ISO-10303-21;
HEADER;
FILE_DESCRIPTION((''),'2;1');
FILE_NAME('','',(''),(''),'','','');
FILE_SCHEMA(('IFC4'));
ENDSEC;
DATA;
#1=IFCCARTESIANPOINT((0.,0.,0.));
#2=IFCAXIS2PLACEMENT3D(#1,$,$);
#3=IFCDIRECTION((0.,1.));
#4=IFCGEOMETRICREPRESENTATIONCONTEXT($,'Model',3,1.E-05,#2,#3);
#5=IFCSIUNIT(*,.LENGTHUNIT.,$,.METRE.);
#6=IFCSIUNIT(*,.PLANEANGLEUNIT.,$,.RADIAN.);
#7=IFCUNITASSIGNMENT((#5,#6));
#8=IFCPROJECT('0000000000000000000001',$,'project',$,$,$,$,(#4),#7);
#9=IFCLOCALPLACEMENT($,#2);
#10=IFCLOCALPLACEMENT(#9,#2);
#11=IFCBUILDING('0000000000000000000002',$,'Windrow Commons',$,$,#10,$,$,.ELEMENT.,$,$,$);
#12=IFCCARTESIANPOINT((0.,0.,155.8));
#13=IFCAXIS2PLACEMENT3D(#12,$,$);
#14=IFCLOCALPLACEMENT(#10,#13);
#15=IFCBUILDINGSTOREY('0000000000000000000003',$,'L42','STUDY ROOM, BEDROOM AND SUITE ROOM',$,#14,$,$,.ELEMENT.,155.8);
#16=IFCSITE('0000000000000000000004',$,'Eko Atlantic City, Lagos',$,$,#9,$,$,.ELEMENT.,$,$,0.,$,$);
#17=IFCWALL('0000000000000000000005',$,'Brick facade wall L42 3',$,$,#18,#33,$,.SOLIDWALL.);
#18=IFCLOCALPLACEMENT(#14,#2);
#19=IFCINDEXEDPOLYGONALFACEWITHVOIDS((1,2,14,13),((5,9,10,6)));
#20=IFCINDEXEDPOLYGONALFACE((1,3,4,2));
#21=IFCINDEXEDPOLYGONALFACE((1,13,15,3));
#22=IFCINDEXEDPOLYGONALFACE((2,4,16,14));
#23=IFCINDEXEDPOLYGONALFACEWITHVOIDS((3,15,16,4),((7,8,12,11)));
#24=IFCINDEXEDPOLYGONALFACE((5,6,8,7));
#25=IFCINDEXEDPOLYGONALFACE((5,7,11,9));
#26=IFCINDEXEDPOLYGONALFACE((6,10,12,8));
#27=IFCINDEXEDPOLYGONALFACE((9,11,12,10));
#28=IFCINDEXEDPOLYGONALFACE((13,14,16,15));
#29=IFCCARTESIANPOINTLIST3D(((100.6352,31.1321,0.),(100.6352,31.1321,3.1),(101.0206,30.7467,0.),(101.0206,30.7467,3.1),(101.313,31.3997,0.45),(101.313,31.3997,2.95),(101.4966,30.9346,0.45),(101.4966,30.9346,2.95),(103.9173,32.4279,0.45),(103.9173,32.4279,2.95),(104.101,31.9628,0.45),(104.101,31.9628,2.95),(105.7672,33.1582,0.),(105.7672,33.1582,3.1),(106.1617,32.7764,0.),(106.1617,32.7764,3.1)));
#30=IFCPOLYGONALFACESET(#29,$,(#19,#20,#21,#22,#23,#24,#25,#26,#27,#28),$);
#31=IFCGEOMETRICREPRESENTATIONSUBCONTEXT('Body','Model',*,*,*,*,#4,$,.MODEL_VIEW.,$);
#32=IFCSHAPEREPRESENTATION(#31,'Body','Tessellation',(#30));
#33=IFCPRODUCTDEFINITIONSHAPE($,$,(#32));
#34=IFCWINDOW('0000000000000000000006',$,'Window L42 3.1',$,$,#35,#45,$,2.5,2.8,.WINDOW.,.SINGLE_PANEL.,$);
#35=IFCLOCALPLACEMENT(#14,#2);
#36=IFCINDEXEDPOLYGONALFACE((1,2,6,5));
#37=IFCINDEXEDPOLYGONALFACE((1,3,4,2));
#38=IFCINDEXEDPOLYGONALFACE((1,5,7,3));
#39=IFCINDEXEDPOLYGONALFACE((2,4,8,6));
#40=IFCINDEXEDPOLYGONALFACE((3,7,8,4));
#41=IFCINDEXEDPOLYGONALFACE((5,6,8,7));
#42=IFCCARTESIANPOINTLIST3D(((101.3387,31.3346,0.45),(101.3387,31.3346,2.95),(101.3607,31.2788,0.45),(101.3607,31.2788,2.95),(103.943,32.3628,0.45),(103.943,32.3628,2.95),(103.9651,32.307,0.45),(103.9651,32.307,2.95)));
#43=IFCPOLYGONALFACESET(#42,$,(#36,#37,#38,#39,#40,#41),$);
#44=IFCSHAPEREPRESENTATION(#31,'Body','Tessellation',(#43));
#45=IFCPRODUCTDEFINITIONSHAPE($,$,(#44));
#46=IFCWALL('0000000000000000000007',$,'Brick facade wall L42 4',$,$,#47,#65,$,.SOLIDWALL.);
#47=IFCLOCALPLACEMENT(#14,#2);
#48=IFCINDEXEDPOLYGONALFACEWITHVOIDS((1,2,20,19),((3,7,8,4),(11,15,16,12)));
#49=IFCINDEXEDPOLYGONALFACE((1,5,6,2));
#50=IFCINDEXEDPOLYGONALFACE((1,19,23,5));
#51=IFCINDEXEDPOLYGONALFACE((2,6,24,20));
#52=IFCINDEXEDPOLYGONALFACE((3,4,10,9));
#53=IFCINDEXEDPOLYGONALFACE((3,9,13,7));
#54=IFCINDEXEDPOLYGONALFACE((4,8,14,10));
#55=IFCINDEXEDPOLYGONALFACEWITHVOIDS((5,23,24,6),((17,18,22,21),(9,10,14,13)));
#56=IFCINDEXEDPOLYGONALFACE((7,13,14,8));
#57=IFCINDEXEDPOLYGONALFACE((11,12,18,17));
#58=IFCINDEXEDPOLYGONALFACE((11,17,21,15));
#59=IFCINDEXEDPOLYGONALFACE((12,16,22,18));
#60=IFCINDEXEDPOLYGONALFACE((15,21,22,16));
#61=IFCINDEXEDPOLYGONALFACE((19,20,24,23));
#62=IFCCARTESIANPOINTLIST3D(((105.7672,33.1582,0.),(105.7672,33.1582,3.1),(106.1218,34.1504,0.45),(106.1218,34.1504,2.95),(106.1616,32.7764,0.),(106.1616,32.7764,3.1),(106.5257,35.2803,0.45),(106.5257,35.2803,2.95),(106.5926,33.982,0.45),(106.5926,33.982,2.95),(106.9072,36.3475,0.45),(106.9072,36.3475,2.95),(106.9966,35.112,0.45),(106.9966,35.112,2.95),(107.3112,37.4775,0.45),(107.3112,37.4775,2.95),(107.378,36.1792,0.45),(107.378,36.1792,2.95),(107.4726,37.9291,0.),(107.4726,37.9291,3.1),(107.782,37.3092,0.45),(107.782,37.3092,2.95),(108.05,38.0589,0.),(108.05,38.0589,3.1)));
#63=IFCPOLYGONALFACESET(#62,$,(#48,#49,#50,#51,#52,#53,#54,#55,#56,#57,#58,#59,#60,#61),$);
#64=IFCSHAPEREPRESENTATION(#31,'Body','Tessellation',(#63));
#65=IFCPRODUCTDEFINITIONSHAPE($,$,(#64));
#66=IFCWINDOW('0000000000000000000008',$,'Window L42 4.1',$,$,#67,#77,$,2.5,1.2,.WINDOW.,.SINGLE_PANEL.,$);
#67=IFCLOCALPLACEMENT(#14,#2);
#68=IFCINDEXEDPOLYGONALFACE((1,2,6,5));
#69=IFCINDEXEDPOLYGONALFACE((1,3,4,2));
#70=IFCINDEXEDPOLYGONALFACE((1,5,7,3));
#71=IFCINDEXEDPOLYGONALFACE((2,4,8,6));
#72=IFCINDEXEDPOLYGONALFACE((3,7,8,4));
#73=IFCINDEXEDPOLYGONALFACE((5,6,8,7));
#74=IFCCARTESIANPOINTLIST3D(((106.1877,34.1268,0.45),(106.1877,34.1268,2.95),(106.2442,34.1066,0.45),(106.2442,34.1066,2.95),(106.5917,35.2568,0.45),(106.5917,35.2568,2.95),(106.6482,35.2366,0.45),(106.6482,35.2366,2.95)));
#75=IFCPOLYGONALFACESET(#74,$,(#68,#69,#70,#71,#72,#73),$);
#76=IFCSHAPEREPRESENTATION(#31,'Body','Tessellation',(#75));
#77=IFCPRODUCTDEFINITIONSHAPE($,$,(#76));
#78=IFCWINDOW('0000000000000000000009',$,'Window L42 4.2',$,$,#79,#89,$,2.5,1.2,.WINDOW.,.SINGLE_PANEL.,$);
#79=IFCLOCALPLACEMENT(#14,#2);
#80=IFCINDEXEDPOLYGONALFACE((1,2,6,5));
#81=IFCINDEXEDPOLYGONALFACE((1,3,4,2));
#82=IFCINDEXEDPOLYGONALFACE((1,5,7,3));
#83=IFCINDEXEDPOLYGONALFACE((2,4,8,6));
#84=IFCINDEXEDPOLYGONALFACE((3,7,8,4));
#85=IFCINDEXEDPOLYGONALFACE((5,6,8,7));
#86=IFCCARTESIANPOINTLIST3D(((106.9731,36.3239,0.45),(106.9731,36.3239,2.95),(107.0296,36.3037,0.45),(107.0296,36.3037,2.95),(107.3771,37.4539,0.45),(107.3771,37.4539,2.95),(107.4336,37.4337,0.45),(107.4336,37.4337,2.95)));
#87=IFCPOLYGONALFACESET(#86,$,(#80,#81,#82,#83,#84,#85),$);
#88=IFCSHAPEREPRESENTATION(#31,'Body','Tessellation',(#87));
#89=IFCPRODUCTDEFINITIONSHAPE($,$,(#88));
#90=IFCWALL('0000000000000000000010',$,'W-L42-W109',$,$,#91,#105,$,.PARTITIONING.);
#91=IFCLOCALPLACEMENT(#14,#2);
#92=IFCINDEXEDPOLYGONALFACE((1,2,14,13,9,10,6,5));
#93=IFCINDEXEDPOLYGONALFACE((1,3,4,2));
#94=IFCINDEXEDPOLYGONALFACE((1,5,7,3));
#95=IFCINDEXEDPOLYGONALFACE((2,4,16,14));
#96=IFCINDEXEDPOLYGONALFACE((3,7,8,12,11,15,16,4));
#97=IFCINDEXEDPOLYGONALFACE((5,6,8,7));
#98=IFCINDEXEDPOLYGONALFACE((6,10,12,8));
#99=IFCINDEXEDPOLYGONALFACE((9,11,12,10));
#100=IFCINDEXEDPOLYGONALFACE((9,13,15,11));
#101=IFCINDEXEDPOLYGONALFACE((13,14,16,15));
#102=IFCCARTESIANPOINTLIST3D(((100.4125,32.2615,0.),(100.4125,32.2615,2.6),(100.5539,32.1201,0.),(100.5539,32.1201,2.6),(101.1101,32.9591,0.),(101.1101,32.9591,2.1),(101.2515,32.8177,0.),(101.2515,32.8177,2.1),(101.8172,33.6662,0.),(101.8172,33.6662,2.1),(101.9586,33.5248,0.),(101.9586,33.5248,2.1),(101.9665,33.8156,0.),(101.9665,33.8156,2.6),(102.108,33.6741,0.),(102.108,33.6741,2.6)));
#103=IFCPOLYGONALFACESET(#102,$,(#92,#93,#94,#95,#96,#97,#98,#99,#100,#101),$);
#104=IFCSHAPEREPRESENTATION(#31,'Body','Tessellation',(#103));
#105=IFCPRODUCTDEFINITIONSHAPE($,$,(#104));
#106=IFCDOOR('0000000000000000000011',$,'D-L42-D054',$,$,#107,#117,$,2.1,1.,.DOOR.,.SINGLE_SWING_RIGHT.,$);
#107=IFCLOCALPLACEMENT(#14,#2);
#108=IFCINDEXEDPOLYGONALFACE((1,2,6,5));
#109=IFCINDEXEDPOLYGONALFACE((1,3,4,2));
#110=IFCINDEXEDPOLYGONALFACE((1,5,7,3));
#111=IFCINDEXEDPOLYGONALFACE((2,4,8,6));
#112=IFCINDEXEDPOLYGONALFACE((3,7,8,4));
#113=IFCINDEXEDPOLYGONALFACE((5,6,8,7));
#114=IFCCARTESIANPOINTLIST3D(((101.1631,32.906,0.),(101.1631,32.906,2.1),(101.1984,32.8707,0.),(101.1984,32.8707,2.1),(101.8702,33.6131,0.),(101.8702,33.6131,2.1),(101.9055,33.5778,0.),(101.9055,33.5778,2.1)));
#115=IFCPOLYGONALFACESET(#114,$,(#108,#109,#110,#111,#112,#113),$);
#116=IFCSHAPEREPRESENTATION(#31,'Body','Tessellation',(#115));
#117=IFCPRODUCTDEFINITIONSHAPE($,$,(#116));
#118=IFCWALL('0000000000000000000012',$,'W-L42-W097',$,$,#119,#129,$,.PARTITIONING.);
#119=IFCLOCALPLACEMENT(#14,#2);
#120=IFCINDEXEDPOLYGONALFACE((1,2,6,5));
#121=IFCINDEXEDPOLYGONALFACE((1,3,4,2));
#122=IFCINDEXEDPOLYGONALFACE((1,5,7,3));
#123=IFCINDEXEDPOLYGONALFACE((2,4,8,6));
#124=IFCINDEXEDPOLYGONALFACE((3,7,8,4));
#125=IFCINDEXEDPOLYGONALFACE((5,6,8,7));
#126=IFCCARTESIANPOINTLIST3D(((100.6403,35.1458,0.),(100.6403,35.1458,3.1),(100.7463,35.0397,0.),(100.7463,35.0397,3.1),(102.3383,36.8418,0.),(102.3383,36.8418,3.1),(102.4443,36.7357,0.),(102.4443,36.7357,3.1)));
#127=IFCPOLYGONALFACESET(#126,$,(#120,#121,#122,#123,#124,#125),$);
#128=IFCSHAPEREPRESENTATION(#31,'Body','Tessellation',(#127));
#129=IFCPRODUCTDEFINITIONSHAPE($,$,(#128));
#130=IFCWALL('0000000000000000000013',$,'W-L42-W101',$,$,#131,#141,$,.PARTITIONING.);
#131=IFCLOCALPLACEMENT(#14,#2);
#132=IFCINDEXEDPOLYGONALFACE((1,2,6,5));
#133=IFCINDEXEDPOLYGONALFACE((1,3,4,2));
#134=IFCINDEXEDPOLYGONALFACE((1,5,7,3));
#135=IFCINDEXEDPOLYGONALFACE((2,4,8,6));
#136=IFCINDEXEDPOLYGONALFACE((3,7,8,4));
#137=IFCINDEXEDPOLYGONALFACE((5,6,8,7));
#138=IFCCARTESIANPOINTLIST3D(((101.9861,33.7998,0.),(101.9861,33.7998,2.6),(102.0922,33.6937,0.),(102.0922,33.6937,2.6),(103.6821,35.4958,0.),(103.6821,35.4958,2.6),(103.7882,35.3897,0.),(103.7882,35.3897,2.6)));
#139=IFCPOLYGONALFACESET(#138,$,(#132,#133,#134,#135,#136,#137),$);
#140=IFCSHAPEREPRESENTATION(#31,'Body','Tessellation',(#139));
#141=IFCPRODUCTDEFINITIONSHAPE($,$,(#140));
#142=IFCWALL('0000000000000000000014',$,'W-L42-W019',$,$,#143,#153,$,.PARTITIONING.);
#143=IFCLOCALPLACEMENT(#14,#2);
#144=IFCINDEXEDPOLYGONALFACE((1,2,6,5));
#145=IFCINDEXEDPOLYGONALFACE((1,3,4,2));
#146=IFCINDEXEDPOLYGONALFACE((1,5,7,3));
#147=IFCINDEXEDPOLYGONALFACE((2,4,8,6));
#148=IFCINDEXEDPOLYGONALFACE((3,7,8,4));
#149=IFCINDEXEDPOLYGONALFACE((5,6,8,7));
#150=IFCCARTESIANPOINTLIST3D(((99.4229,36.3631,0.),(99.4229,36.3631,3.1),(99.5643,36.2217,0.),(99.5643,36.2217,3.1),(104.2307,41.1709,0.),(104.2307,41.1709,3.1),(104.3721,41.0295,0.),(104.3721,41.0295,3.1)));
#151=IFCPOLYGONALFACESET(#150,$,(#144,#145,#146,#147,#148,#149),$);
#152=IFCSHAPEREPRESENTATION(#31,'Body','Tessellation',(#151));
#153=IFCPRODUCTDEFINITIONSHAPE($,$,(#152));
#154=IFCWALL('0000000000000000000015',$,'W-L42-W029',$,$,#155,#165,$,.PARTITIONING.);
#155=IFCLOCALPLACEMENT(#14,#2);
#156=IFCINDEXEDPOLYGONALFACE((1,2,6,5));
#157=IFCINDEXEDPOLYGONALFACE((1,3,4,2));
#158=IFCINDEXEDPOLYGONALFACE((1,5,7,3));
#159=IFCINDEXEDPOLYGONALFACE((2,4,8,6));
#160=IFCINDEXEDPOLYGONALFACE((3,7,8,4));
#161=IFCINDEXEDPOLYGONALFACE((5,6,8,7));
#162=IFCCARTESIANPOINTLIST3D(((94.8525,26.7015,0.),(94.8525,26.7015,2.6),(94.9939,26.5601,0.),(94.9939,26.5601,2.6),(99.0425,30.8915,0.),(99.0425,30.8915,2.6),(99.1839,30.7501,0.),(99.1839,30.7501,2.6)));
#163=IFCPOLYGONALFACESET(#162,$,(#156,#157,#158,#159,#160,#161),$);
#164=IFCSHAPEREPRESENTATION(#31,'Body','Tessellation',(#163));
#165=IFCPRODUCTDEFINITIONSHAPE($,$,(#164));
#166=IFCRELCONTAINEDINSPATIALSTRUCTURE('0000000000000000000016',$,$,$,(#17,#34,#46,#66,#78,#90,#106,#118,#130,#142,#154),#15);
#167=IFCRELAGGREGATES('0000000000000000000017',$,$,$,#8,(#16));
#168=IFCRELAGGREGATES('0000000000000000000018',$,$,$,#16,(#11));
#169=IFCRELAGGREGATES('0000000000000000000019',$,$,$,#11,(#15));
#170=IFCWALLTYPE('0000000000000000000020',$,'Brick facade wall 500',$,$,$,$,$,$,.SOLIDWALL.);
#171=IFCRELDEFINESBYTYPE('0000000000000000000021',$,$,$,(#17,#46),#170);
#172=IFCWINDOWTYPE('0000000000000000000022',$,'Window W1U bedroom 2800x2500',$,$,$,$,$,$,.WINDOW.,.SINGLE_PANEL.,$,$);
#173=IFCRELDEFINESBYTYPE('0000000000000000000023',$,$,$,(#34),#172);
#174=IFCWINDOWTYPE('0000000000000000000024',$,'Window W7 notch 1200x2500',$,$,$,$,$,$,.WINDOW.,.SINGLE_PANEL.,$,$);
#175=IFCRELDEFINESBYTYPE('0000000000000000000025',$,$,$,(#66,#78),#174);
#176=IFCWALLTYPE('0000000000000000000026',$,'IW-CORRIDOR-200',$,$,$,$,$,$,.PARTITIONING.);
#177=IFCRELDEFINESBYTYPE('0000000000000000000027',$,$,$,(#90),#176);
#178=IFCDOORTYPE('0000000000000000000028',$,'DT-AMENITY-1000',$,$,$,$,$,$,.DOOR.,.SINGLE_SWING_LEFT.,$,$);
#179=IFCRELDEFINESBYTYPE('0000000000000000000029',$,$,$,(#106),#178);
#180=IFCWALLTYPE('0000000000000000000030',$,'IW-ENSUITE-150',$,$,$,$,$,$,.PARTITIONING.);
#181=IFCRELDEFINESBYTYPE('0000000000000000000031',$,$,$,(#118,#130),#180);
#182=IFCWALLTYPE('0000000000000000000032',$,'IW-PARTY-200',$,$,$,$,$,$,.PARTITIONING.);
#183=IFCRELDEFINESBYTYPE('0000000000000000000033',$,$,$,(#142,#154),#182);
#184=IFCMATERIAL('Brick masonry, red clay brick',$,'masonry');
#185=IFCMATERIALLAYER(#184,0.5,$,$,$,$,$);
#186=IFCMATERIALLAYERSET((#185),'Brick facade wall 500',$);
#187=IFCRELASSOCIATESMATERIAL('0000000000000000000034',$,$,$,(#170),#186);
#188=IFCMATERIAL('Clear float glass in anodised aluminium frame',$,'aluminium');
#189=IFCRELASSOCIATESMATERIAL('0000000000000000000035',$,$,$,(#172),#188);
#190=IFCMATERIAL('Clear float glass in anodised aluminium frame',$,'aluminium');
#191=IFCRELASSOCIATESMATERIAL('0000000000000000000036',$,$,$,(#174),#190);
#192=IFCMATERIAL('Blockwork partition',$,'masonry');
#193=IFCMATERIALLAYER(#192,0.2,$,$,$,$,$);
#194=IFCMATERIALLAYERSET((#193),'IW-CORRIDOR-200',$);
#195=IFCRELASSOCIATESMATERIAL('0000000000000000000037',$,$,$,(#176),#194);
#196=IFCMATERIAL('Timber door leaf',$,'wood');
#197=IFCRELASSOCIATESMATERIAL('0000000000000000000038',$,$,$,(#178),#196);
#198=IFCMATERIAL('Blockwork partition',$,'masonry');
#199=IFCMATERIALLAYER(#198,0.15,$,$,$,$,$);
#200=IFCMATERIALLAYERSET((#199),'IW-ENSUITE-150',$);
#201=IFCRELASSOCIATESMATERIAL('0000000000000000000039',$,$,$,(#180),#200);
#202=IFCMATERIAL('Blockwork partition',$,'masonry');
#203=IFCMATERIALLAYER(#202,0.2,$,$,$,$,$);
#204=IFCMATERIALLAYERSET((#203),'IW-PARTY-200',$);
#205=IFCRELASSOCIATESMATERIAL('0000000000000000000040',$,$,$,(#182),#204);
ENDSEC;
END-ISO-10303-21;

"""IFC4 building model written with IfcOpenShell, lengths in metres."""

from ifc_helpers import new_model, si_unit, direction, frame, frame_2d, origin, place, context, subcontext, project, spatial, polyline, rectangle, outline, extrude, material, layer, layer_set, type_object, element, fill, save


model = new_model("IFC4")

# Units and contexts
model_context = context("Model", 3, precision=1e-05, world=origin(), true_north=direction((0.0, 1.0)))
body_context = subcontext(model_context, "Body", "Model", "MODEL_VIEW")
ifc_project = project(units=[si_unit("LENGTHUNIT", "METRE"), si_unit("PLANEANGLEUNIT", "RADIAN")], contexts=[model_context])

# Site, building, storey
site_placement = place(None, origin())
site = spatial("IfcSite", under=ifc_project, at=site_placement, Name="Eko Atlantic City, Lagos", CompositionType="ELEMENT", RefElevation=0.0)
building_placement = place(site_placement, origin())
building = spatial("IfcBuilding", under=site, at=building_placement, Name="Windrow Commons", CompositionType="ELEMENT")
storey_placement = place(building_placement, frame((0.0, 0.0, 155.8)))
storey = spatial("IfcBuildingStorey", under=building, at=storey_placement, Name="L42", Description="STUDY ROOM, BEDROOM AND SUITE ROOM", CompositionType="ELEMENT", Elevation=155.8)

# Shared definitions
ifc_material_1 = material(Name="Brick masonry, red clay brick", Category="masonry")
ifc_layer_1 = layer(ifc_material_1, 0.5)
ifc_layer_set_1 = layer_set([ifc_layer_1], Name="Brick facade wall 500")
wall_type_1 = type_object("IfcWallType", Name="Brick facade wall 500", PredefinedType="SOLIDWALL", material=ifc_layer_set_1)
ifc_material_2 = material(Name="Clear float glass in anodised aluminium frame", Category="aluminium")
window_type_1 = type_object("IfcWindowType", Name="Window W1U bedroom 2800x2500", PartitioningType="SINGLE_PANEL", PredefinedType="WINDOW", material=ifc_material_2)

# Shared definitions
ifc_material_3 = material(Name="Clear float glass in anodised aluminium frame", Category="aluminium")
window_type_2 = type_object("IfcWindowType", Name="Window W7 notch 1200x2500", PartitioningType="SINGLE_PANEL", PredefinedType="WINDOW", material=ifc_material_3)

# Wall, opening, window
wall_1_placement = place(storey_placement, frame((100.8279, 30.9394, 0.0), z_axis=(0.0, 0.0, 1.0), x_axis=(0.930135, 0.367219, 0.0)))
wall_1 = element("IfcWall", 1, at=wall_1_placement, inside=storey, type_object=wall_type_1, Name="Brick facade wall L42 3", PredefinedType="SOLIDWALL", context=body_context, shape_type="SweptSolid", body=[
    extrude(outline(polyline([(0.1085, -0.25), (5.6357, -0.25), (5.409, 0.25), (-0.1085, 0.25), (0.1085, -0.25)])), origin(), (0.0, 0.0, 1.0), 3.1),
])
opening_1_placement = place(wall_1_placement, frame((0.6202, 0.0, 0.45)))
opening_1 = element("IfcOpeningElement", 2, at=opening_1_placement, cuts=wall_1, PredefinedType="OPENING", context=body_context, shape_type="SweptSolid", body=[
    extrude(rectangle(XDim=2.8, YDim=2.5, at=frame_2d((1.4, 1.25))), frame((0.0, 0.26, 0.0), z_axis=(0.0, -1.0, 0.0), x_axis=(1.0, 0.0, 0.0)), (0.0, 0.0, 1.0), 0.52),
])
window_1_placement = place(opening_1_placement, origin())
window_1 = element("IfcWindow", 3, at=window_1_placement, inside=storey, type_object=window_type_1, Name="Window L42 3.1", OverallHeight=2.5, OverallWidth=2.8, PartitioningType="SINGLE_PANEL", PredefinedType="WINDOW", context=body_context, shape_type="SweptSolid", body=[
    extrude(rectangle(XDim=2.8, YDim=2.5, at=frame_2d((1.4, 1.25))), frame((0.0, 0.18, 0.0), z_axis=(0.0, -1.0, 0.0), x_axis=(1.0, 0.0, 0.0)), (0.0, 0.0, 1.0), 0.06),
])
fill(opening_1, window_1)

# Wall, openings, windows
wall_2_placement = place(storey_placement, frame((105.9644, 32.9673, 0.0), z_axis=(0.0, 0.0, 1.0), x_axis=(0.336611, 0.941644, 0.0)))
wall_2 = element("IfcWall", 4, at=wall_2_placement, inside=storey, type_object=wall_type_1, Name="Brick facade wall L42 4", PredefinedType="SOLIDWALL", context=body_context, shape_type="SweptSolid", body=[
    extrude(outline(polyline([(-0.1134, -0.25), (5.4965, -0.25), (5.1799, 0.25), (0.1134, 0.25), (-0.1134, -0.25)])), origin(), (0.0, 0.0, 1.0), 3.1),
])
opening_2_placement = place(wall_2_placement, frame((1.167, 0.0, 0.45)))
opening_2 = element("IfcOpeningElement", 5, at=opening_2_placement, cuts=wall_2, PredefinedType="OPENING", context=body_context, shape_type="SweptSolid", body=[
    extrude(rectangle(XDim=1.2, YDim=2.5, at=frame_2d((0.6, 1.25))), frame((0.0, 0.26, 0.0), z_axis=(0.0, -1.0, 0.0), x_axis=(1.0, 0.0, 0.0)), (0.0, 0.0, 1.0), 0.52),
])
opening_3_placement = place(wall_2_placement, frame((3.5003, 0.0, 0.45)))
opening_3 = element("IfcOpeningElement", 6, at=opening_3_placement, cuts=wall_2, PredefinedType="OPENING", context=body_context, shape_type="SweptSolid", body=[
    extrude(rectangle(XDim=1.2, YDim=2.5, at=frame_2d((0.6, 1.25))), frame((0.0, 0.26, 0.0), z_axis=(0.0, -1.0, 0.0), x_axis=(1.0, 0.0, 0.0)), (0.0, 0.0, 1.0), 0.52),
])
window_2_placement = place(opening_2_placement, origin())
window_2 = element("IfcWindow", 7, at=window_2_placement, inside=storey, type_object=window_type_2, Name="Window L42 4.1", OverallHeight=2.5, OverallWidth=1.2, PartitioningType="SINGLE_PANEL", PredefinedType="WINDOW", context=body_context, shape_type="SweptSolid", body=[
    extrude(rectangle(XDim=1.2, YDim=2.5, at=frame_2d((0.6, 1.25))), frame((0.0, 0.18, 0.0), z_axis=(0.0, -1.0, 0.0), x_axis=(1.0, 0.0, 0.0)), (0.0, 0.0, 1.0), 0.06),
])
fill(opening_2, window_2)
window_3_placement = place(opening_3_placement, origin())
window_3 = element("IfcWindow", 8, at=window_3_placement, inside=storey, type_object=window_type_2, Name="Window L42 4.2", OverallHeight=2.5, OverallWidth=1.2, PartitioningType="SINGLE_PANEL", PredefinedType="WINDOW", context=body_context, shape_type="SweptSolid", body=[
    extrude(rectangle(XDim=1.2, YDim=2.5, at=frame_2d((0.6, 1.25))), frame((0.0, 0.18, 0.0), z_axis=(0.0, -1.0, 0.0), x_axis=(1.0, 0.0, 0.0)), (0.0, 0.0, 1.0), 0.06),
])
fill(opening_3, window_3)

# Wall, opening, door
ifc_material_4 = material(Name="Blockwork partition", Category="masonry")
ifc_layer_2 = layer(ifc_material_4, 0.2)
ifc_layer_set_2 = layer_set([ifc_layer_2], Name="IW-CORRIDOR-200")
wall_type_2 = type_object("IfcWallType", Name="IW-CORRIDOR-200", PredefinedType="PARTITIONING", material=ifc_layer_set_2)
wall_3_placement = place(storey_placement, frame((100.4832, 32.1908, 0.0), z_axis=(0.0, 0.0, 1.0), x_axis=(0.707107, 0.707107, 0.0)))
wall_3 = element("IfcWall", 9, at=wall_3_placement, inside=storey, type_object=wall_type_2, Name="W-L42-W109", PredefinedType="PARTITIONING", context=body_context, shape_type="SweptSolid", body=[
    extrude(rectangle(XDim=2.1977, YDim=0.2, at=frame_2d((1.0989, 0.0))), origin(), (0.0, 0.0, 1.0), 2.6),
])
opening_4_placement = place(wall_3_placement, frame((0.9865, 0.0, 0.0)))
opening_4 = element("IfcOpeningElement", 10, at=opening_4_placement, cuts=wall_3, PredefinedType="OPENING", context=body_context, shape_type="SweptSolid", body=[
    extrude(rectangle(XDim=1.0, YDim=2.1, at=frame_2d((0.5, 1.05))), frame((0.0, 0.11, 0.0), z_axis=(0.0, -1.0, 0.0), x_axis=(1.0, 0.0, 0.0)), (0.0, 0.0, 1.0), 0.22),
])
ifc_material_5 = material(Name="Timber door leaf", Category="wood")
door_type = type_object("IfcDoorType", Name="DT-AMENITY-1000", OperationType="SINGLE_SWING_LEFT", PredefinedType="DOOR", material=ifc_material_5)
door_placement = place(opening_4_placement, origin())
door = element("IfcDoor", 11, at=door_placement, inside=storey, type_object=door_type, Name="D-L42-D054", OperationType="SINGLE_SWING_RIGHT", OverallHeight=2.1, OverallWidth=1.0, PredefinedType="DOOR", context=body_context, shape_type="SweptSolid", body=[
    extrude(rectangle(XDim=1.0, YDim=2.1, at=frame_2d((0.5, 1.05))), frame((0.0, 0.025, 0.0), z_axis=(0.0, -1.0, 0.0), x_axis=(1.0, 0.0, 0.0)), (0.0, 0.0, 1.0), 0.05),
])
fill(opening_4, door)

# Walls
ifc_material_6 = material(Name="Blockwork partition", Category="masonry")
ifc_layer_3 = layer(ifc_material_6, 0.15)
ifc_layer_set_3 = layer_set([ifc_layer_3], Name="IW-ENSUITE-150")
wall_type_3 = type_object("IfcWallType", Name="IW-ENSUITE-150", PredefinedType="PARTITIONING", material=ifc_layer_set_3)
wall_4_placement = place(storey_placement, frame((100.6933, 35.0927, 0.0), z_axis=(0.0, 0.0, 1.0), x_axis=(0.707523, 0.70669, 0.0)))
element("IfcWall", 12, at=wall_4_placement, inside=storey, type_object=wall_type_3, Name="W-L42-W097", PredefinedType="PARTITIONING", context=body_context, shape_type="SweptSolid", body=[
    extrude(rectangle(XDim=2.3999, YDim=0.15, at=frame_2d((1.2, 0.0))), origin(), (0.0, 0.0, 1.0), 3.1),
])
wall_5_placement = place(storey_placement, frame((102.0392, 33.7468, 0.0), z_axis=(0.0, 0.0, 1.0), x_axis=(0.707107, 0.707107, 0.0)))
element("IfcWall", 13, at=wall_5_placement, inside=storey, type_object=wall_type_3, Name="W-L42-W101", PredefinedType="PARTITIONING", context=body_context, shape_type="SweptSolid", body=[
    extrude(rectangle(XDim=2.3985, YDim=0.15, at=frame_2d((1.1992, 0.0))), origin(), (0.0, 0.0, 1.0), 2.6),
])
ifc_material_7 = material(Name="Blockwork partition", Category="masonry")
ifc_layer_4 = layer(ifc_material_7, 0.2)
ifc_layer_set_4 = layer_set([ifc_layer_4], Name="IW-PARTY-200")
wall_type_4 = type_object("IfcWallType", Name="IW-PARTY-200", PredefinedType="PARTITIONING", material=ifc_layer_set_4)
wall_6_placement = place(storey_placement, frame((99.4936, 36.2924, 0.0), z_axis=(0.0, 0.0, 1.0), x_axis=(0.707107, 0.707107, 0.0)))
element("IfcWall", 14, at=wall_6_placement, inside=storey, type_object=wall_type_4, Name="W-L42-W019", PredefinedType="PARTITIONING", context=body_context, shape_type="SweptSolid", body=[
    extrude(rectangle(XDim=6.7993, YDim=0.2, at=frame_2d((3.3996, 0.0))), origin(), (0.0, 0.0, 1.0), 3.1),
])
wall_7_placement = place(storey_placement, frame((94.9232, 26.6308, 0.0), z_axis=(0.0, 0.0, 1.0), x_axis=(0.707107, 0.707107, 0.0)))
element("IfcWall", 15, at=wall_7_placement, inside=storey, type_object=wall_type_4, Name="W-L42-W029", PredefinedType="PARTITIONING", context=body_context, shape_type="SweptSolid", body=[
    extrude(rectangle(XDim=5.9256, YDim=0.2, at=frame_2d((2.9628, 0.0))), origin(), (0.0, 0.0, 1.0), 2.6),
])

save(model, "model.ifc")
